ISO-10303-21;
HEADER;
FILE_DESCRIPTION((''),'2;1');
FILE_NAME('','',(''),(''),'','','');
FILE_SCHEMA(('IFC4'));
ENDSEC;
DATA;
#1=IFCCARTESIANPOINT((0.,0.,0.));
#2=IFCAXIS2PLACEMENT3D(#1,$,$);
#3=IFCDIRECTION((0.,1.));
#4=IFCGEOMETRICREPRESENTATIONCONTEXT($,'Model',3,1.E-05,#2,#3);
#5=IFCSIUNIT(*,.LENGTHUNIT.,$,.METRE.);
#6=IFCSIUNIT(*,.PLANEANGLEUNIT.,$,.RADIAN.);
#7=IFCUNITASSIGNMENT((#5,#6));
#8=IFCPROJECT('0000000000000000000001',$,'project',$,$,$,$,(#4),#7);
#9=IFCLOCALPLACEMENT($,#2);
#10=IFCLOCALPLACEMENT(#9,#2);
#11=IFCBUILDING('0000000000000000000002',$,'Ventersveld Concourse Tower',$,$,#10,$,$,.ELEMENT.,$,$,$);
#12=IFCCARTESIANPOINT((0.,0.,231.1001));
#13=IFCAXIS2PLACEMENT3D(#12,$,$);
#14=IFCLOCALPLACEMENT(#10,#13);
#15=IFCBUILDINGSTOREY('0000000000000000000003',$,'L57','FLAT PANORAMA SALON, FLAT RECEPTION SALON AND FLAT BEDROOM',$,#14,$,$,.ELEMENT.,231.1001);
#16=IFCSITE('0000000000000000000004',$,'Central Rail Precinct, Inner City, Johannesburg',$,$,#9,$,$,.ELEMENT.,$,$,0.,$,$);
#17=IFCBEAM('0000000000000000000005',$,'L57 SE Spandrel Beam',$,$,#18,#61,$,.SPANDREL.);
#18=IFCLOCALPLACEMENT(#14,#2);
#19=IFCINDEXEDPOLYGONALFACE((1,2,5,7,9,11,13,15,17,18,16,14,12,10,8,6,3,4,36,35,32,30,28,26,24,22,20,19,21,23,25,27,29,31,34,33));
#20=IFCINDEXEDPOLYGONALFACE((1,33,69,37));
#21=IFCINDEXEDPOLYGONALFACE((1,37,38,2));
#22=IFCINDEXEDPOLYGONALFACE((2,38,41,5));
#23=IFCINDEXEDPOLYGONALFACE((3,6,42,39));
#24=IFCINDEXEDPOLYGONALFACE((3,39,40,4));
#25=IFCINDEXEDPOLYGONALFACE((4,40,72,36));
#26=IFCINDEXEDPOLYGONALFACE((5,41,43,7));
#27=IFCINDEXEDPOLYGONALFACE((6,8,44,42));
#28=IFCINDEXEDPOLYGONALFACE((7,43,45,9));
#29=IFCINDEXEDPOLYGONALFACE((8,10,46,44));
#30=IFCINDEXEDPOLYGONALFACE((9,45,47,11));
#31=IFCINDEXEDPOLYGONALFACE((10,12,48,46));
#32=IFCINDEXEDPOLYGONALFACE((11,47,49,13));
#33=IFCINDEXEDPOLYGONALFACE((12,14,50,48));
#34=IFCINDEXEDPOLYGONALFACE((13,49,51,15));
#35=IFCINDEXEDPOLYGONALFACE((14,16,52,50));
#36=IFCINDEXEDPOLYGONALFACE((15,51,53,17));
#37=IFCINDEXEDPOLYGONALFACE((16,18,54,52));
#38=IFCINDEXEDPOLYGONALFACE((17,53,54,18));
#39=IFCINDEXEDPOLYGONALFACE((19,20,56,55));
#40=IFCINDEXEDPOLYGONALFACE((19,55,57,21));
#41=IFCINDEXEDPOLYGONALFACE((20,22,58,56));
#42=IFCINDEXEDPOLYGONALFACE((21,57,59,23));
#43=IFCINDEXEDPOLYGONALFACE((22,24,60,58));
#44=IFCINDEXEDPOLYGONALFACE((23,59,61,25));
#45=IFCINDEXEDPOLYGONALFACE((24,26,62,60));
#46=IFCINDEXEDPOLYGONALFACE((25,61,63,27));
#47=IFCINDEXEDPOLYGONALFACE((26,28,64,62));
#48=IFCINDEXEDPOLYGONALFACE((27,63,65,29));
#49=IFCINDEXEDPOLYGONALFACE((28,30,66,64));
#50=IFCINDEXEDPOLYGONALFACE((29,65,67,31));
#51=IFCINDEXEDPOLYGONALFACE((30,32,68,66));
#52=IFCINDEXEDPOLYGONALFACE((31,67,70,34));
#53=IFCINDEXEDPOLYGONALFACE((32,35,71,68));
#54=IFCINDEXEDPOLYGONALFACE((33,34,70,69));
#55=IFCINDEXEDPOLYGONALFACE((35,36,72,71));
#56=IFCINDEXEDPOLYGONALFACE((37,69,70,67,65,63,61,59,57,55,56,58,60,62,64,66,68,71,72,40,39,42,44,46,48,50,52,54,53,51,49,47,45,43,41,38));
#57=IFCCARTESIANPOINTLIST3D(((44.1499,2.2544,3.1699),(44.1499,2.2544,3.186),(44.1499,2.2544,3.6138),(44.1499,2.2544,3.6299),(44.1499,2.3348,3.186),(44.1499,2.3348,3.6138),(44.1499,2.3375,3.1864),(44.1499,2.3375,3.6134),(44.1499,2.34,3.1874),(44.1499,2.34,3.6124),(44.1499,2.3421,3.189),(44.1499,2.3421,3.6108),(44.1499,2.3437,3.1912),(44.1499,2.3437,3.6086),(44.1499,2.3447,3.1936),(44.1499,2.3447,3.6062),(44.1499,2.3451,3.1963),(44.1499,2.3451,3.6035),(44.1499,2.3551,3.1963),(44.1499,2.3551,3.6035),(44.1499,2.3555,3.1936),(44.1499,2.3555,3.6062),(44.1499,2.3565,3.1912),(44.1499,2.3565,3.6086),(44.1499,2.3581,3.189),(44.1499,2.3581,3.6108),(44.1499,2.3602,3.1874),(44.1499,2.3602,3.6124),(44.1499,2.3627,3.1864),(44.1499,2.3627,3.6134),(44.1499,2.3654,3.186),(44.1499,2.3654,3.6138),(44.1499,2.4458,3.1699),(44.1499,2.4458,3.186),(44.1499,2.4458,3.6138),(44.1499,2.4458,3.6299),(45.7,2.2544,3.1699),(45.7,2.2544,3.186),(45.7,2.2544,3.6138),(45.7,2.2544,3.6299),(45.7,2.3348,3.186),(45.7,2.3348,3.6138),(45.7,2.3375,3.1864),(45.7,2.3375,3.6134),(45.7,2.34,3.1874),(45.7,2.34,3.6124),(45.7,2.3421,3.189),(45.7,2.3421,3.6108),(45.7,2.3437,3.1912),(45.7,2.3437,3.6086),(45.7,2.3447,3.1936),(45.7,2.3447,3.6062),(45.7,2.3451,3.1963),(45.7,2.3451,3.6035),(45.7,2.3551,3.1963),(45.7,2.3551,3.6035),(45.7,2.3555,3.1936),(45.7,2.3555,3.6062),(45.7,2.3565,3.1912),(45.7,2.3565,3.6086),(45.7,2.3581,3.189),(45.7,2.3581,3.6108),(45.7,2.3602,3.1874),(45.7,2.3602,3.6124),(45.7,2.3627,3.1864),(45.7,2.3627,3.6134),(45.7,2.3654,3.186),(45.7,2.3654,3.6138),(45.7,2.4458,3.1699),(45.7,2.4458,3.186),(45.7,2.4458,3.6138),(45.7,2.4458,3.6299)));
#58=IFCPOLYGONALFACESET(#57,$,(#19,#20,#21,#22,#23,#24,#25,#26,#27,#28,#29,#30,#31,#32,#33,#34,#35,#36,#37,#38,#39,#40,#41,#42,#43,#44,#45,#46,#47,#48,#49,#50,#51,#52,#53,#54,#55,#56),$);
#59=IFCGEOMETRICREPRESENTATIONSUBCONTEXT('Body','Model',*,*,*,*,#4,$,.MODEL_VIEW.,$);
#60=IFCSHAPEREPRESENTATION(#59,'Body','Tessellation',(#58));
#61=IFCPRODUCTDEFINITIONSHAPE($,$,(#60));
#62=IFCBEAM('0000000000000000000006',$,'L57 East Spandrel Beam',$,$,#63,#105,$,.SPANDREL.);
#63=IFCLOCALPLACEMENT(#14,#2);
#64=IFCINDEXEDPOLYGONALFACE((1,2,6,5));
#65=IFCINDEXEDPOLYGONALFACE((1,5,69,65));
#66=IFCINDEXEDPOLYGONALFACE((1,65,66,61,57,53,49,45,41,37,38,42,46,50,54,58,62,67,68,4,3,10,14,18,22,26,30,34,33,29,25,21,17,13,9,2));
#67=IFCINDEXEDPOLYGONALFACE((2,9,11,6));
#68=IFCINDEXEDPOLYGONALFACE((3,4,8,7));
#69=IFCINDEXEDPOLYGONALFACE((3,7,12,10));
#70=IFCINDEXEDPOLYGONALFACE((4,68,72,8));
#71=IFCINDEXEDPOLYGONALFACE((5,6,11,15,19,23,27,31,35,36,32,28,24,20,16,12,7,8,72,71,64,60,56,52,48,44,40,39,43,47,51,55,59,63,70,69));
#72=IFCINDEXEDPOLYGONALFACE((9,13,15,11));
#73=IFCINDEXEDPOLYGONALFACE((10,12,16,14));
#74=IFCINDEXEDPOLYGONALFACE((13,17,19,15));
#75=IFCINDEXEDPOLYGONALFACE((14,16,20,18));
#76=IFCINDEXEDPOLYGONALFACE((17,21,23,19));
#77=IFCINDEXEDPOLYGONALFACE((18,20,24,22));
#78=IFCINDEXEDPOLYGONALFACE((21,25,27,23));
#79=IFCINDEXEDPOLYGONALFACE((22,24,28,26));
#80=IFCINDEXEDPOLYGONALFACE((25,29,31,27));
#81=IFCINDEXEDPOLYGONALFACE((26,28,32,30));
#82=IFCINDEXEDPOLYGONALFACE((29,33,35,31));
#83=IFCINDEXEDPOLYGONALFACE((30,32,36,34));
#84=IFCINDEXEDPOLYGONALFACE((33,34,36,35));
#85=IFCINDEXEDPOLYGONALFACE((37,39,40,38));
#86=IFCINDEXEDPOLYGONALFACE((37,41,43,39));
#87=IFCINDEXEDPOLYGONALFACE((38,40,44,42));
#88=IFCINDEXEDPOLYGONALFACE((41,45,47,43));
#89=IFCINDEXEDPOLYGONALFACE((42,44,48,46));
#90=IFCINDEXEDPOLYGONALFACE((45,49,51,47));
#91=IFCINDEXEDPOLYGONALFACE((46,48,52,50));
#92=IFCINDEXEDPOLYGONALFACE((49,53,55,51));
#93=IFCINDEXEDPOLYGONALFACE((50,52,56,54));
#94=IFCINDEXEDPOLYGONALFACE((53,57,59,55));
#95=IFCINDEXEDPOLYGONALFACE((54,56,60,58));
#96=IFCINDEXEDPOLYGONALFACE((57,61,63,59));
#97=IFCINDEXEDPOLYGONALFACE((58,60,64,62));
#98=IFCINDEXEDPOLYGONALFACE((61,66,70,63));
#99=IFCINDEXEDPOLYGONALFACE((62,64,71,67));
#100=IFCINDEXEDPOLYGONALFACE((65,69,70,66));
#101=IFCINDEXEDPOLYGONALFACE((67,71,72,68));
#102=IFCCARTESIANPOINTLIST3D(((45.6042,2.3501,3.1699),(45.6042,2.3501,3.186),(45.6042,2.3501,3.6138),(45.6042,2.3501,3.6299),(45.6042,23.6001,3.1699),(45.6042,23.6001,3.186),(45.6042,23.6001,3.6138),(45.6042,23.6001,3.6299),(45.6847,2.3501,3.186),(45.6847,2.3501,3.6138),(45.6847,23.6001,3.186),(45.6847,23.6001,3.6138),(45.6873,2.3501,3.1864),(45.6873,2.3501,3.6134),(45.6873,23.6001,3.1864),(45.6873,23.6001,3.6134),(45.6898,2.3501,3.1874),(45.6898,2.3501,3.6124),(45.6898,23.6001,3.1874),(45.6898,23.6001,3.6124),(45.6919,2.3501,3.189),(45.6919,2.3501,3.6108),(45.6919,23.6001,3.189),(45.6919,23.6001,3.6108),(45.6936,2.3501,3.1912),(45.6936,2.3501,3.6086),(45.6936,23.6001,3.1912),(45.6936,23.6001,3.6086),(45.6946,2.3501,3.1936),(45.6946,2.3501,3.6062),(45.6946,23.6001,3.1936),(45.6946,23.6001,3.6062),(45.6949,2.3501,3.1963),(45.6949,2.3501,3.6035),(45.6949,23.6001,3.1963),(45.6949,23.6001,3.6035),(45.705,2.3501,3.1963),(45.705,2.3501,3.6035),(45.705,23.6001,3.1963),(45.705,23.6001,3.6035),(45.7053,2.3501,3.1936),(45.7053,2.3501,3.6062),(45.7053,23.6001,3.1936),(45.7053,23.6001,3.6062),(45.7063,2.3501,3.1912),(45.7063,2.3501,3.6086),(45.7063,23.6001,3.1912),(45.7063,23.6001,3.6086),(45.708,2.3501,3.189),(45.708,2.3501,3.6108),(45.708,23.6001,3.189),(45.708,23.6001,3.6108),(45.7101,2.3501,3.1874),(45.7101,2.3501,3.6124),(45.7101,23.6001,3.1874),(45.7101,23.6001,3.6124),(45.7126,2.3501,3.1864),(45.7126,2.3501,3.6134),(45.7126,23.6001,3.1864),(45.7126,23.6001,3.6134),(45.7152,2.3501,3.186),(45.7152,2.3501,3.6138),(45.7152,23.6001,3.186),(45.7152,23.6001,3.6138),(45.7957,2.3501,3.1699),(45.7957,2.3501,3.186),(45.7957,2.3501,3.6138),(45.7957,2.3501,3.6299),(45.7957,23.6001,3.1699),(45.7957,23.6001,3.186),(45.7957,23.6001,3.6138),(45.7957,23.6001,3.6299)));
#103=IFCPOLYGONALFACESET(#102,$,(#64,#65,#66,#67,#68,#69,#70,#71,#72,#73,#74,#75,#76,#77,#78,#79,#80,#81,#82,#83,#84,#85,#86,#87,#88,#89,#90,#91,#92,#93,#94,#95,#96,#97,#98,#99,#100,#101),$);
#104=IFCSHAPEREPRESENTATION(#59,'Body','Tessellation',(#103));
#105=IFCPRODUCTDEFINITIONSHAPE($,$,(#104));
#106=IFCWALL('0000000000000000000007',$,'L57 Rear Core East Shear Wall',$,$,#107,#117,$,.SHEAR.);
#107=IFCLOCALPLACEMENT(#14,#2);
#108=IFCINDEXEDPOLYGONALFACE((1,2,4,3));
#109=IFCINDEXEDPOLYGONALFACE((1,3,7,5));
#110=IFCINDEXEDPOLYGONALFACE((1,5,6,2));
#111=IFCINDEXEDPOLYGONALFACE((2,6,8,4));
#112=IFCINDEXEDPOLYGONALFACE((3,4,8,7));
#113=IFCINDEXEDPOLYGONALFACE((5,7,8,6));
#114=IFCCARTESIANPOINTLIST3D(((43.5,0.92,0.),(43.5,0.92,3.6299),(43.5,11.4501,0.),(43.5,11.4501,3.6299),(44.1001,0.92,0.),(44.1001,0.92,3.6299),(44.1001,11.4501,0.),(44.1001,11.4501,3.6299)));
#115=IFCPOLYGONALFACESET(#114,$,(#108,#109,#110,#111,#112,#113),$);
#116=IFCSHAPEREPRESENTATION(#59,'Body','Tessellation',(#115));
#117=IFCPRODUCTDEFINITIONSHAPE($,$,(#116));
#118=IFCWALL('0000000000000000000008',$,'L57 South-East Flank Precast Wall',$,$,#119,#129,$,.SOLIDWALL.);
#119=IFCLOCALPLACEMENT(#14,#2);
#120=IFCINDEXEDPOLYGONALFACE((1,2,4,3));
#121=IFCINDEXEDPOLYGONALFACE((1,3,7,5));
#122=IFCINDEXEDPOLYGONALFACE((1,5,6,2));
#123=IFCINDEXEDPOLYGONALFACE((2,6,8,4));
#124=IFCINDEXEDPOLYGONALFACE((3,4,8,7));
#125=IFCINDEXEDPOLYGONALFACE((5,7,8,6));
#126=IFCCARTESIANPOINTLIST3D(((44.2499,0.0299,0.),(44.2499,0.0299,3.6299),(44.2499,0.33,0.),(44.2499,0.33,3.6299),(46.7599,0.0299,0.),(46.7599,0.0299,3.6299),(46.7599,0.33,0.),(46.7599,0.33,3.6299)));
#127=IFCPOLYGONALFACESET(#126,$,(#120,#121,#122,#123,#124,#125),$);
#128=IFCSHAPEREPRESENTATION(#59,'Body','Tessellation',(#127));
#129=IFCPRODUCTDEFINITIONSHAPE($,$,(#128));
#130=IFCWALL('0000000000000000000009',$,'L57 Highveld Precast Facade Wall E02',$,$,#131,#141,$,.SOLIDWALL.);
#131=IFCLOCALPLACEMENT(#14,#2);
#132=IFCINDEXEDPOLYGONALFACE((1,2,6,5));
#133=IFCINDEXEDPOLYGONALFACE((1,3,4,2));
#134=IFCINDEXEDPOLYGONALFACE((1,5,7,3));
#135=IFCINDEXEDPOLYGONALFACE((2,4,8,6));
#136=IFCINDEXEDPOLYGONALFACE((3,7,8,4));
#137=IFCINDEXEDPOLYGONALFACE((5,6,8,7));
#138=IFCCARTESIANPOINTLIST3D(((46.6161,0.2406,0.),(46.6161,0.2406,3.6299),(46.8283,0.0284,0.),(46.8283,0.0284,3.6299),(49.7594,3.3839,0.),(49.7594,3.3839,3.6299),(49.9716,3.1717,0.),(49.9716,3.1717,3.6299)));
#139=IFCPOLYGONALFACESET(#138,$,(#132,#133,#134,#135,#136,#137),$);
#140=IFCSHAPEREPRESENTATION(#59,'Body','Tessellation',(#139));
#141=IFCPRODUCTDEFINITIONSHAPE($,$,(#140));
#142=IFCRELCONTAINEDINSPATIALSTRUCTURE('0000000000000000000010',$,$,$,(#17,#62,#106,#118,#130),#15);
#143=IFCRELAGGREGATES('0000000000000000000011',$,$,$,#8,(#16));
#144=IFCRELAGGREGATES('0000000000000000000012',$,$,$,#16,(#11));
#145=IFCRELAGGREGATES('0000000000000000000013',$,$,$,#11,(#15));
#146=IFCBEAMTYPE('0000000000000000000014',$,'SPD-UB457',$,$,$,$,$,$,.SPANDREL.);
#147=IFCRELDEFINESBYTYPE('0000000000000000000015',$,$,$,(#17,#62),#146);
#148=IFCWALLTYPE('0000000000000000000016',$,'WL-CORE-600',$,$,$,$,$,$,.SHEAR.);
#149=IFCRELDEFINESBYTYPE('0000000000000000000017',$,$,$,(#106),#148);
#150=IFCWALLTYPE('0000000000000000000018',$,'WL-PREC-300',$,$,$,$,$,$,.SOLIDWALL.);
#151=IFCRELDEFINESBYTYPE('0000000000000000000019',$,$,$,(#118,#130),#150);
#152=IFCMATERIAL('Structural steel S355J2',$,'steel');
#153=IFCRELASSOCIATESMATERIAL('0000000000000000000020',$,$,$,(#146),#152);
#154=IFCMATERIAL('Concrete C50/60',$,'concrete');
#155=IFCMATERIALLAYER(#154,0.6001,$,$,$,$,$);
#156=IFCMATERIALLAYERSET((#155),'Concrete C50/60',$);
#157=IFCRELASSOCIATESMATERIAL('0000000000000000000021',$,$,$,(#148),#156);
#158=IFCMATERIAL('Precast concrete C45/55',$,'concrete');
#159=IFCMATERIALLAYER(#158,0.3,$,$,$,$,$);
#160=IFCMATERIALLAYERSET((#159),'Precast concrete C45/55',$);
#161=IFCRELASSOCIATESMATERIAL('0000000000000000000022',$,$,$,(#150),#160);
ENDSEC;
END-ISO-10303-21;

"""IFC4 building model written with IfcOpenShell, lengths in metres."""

from ifc_helpers import new_model, si_unit, direction, frame, frame_2d, origin, origin_2d, place, context, subcontext, project, spatial, rectangle, i_section, extrude, material, layer, layer_set, material_profile, profile_set, type_object, element, save


model = new_model("IFC4")

# Units and contexts
model_context = context("Model", 3, precision=1e-05, world=origin(), true_north=direction((0.0, 1.0)))
body_context = subcontext(model_context, "Body", "Model", "MODEL_VIEW")
ifc_project = project(units=[si_unit("LENGTHUNIT", "METRE"), si_unit("PLANEANGLEUNIT", "RADIAN")], contexts=[model_context])

# Site, building, storey
site_placement = place(None, origin())
site = spatial("IfcSite", under=ifc_project, at=site_placement, Name="Central Rail Precinct, Inner City, Johannesburg", CompositionType="ELEMENT", RefElevation=0.0)
building_placement = place(site_placement, origin())
building = spatial("IfcBuilding", under=site, at=building_placement, Name="Ventersveld Concourse Tower", CompositionType="ELEMENT")
storey_placement = place(building_placement, frame((0.0, 0.0, 231.1001)))
storey = spatial("IfcBuildingStorey", under=building, at=storey_placement, Name="L57", Description="FLAT PANORAMA SALON, FLAT RECEPTION SALON AND FLAT BEDROOM", CompositionType="ELEMENT", Elevation=231.1001)

# Shared definitions
ifc_material_1 = material(Name="Concrete C50/60", Category="concrete")

# Shared definitions
ifc_material_2 = material(Name="Structural steel S355J2", Category="steel")

# Beams
ifc_material_profile_1 = material_profile(ifc_material_2, i_section(OverallWidth=0.1914, OverallDepth=0.46, WebThickness=0.01, FlangeThickness=0.0161, FilletRadius=0.0103, at=origin_2d()), Name="UB 457x191x82")
ifc_profile_set_1 = profile_set([ifc_material_profile_1], Name="Structural steel S355J2")
beam_type_1 = type_object("IfcBeamType", Name="SPD-UB457", PredefinedType="SPANDREL", material=ifc_profile_set_1)
beam_1_placement = place(storey_placement, frame((44.1499, 2.3501, 3.3999), z_axis=(1.0, 0.0, 0.0), x_axis=(0.0, 1.0, 0.0)))
element("IfcBeam", 1, at=beam_1_placement, inside=storey, type_object=beam_type_1, Name="L57 SE Spandrel Beam", PredefinedType="SPANDREL", context=body_context, shape_type="SweptSolid", body=[
    extrude(i_section(OverallWidth=0.1914, OverallDepth=0.46, WebThickness=0.01, FlangeThickness=0.0161, FilletRadius=0.0103, at=origin_2d()), origin(), (0.0, 0.0, 1.0), 1.55),
])
beam_2_placement = place(storey_placement, frame((45.7, 2.3501, 3.3999), z_axis=(0.0, 1.0, 0.0), x_axis=(-1.0, 0.0, 0.0)))
element("IfcBeam", 2, at=beam_2_placement, inside=storey, type_object=beam_type_1, Name="L57 East Spandrel Beam", PredefinedType="SPANDREL", context=body_context, shape_type="SweptSolid", body=[
    extrude(i_section(OverallWidth=0.1914, OverallDepth=0.46, WebThickness=0.01, FlangeThickness=0.0161, FilletRadius=0.0103, at=origin_2d()), origin(), (0.0, 0.0, 1.0), 21.25),
])

# Walls
ifc_layer_1 = layer(ifc_material_1, 0.6001)
ifc_layer_set_1 = layer_set([ifc_layer_1], Name="Concrete C50/60")
wall_type_1 = type_object("IfcWallType", Name="WL-CORE-600", PredefinedType="SHEAR", material=ifc_layer_set_1)
wall_1_placement = place(storey_placement, frame((43.8, 0.9199, 0.0), z_axis=(0.0, 0.0, 1.0), x_axis=(0.0, 1.0, 0.0)))
element("IfcWall", 3, at=wall_1_placement, inside=storey, type_object=wall_type_1, Name="L57 Rear Core East Shear Wall", PredefinedType="SHEAR", context=body_context, shape_type="SweptSolid", body=[
    extrude(rectangle(XDim=10.53, YDim=0.6001, at=frame_2d((5.2651, 0.0))), origin(), (0.0, 0.0, 1.0), 3.6299),
])
ifc_material_3 = material(Name="Precast concrete C45/55", Category="concrete")
ifc_layer_2 = layer(ifc_material_3, 0.3)
ifc_layer_set_2 = layer_set([ifc_layer_2], Name="Precast concrete C45/55")
wall_type_2 = type_object("IfcWallType", Name="WL-PREC-300", PredefinedType="SOLIDWALL", material=ifc_layer_set_2)
wall_2_placement = place(storey_placement, frame((44.25, 0.1799, 0.0), z_axis=(0.0, 0.0, 1.0), x_axis=(1.0, 0.0, 0.0)))
element("IfcWall", 4, at=wall_2_placement, inside=storey, type_object=wall_type_2, Name="L57 South-East Flank Precast Wall", PredefinedType="SOLIDWALL", context=body_context, shape_type="SweptSolid", body=[
    extrude(rectangle(XDim=2.51, YDim=0.3, at=frame_2d((1.2549, 0.0))), origin(), (0.0, 0.0, 1.0), 3.6299),
])
wall_3_placement = place(storey_placement, frame((46.7222, 0.1345, 0.0), z_axis=(0.0, 0.0, 1.0), x_axis=(0.707107, 0.707107, 0.0)))
element("IfcWall", 5, at=wall_3_placement, inside=storey, type_object=wall_type_2, Name="L57 Highveld Precast Facade Wall E02", PredefinedType="SOLIDWALL", context=body_context, shape_type="SweptSolid", body=[
    extrude(rectangle(XDim=4.4453, YDim=0.3, at=frame_2d((2.2227, 0.0))), origin(), (0.0, 0.0, 1.0), 3.6299),
])

save(model, "model.ifc")
